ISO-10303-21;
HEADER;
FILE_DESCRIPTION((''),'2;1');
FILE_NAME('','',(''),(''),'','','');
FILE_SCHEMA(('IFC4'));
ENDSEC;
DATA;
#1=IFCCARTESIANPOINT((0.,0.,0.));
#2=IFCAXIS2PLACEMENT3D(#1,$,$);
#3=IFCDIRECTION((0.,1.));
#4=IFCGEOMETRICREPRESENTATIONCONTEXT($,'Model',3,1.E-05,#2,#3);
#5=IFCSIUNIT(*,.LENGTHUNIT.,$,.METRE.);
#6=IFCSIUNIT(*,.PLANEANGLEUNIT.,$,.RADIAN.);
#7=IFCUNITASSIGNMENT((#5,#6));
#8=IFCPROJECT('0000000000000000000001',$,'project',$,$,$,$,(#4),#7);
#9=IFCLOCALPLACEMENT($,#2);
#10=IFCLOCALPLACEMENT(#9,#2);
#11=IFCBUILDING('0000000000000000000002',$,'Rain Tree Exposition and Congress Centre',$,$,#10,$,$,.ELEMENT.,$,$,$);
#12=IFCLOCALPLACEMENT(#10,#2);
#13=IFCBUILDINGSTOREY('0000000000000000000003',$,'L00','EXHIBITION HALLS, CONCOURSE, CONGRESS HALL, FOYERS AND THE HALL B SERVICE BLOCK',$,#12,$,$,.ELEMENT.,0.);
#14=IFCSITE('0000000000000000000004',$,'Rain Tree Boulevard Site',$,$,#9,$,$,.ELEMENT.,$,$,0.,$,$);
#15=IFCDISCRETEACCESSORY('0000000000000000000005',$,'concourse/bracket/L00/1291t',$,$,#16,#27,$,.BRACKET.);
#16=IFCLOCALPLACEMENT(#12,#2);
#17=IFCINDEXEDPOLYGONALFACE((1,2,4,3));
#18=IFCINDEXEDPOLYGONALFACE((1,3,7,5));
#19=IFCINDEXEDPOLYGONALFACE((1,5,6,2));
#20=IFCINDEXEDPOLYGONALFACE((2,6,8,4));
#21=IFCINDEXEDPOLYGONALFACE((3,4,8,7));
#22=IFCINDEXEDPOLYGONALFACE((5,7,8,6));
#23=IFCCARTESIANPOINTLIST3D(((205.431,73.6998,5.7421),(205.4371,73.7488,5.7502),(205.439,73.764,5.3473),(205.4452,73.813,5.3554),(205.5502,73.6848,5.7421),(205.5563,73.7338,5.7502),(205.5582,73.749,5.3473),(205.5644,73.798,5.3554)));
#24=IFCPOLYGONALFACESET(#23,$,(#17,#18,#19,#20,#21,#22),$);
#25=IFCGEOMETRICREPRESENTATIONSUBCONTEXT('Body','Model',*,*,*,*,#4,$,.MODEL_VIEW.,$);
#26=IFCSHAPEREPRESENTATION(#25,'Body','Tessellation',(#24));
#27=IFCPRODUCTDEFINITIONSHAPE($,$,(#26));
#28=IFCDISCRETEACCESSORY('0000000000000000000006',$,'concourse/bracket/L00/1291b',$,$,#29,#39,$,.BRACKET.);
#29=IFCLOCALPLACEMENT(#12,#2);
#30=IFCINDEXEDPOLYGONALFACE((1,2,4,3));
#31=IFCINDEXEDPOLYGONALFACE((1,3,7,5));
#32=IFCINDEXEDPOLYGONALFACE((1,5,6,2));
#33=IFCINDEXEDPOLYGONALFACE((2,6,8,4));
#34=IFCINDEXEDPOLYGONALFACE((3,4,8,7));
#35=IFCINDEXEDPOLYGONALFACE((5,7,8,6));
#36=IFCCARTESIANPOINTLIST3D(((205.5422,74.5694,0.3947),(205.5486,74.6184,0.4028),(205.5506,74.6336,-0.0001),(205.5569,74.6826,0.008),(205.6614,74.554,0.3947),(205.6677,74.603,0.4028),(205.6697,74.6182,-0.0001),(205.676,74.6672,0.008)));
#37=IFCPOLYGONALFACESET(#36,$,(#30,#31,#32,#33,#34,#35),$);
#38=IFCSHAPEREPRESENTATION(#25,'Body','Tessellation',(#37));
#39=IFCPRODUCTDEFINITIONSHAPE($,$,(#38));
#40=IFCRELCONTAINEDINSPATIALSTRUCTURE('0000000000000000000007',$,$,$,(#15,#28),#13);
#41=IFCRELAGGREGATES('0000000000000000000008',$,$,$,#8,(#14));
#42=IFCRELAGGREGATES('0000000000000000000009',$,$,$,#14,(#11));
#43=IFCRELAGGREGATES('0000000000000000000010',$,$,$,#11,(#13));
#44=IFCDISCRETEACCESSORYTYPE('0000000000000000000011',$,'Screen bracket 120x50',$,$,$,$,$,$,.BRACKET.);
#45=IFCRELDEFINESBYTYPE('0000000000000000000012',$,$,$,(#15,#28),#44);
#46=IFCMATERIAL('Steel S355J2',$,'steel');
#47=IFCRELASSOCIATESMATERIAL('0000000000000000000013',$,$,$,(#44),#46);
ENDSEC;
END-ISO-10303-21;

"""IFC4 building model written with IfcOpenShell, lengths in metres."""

from ifc_helpers import new_model, si_unit, direction, frame, origin, origin_2d, place, context, subcontext, project, spatial, rectangle, extrude, material, material_profile, profile_set, type_object, element, save


model = new_model("IFC4")

# Units and contexts
model_context = context("Model", 3, precision=1e-05, world=origin(), true_north=direction((0.0, 1.0)))
body_context = subcontext(model_context, "Body", "Model", "MODEL_VIEW")
ifc_project = project(units=[si_unit("LENGTHUNIT", "METRE"), si_unit("PLANEANGLEUNIT", "RADIAN")], contexts=[model_context])

# Site, building, storey
site_placement = place(None, origin())
site = spatial("IfcSite", under=ifc_project, at=site_placement, Name="Rain Tree Boulevard Site", CompositionType="ELEMENT", RefElevation=0.0)
building_placement = place(site_placement, origin())
building = spatial("IfcBuilding", under=site, at=building_placement, Name="Rain Tree Exposition and Congress Centre", CompositionType="ELEMENT")
storey_placement = place(building_placement, origin())
storey = spatial("IfcBuildingStorey", under=building, at=storey_placement, Name="L00", Description="EXHIBITION HALLS, CONCOURSE, CONGRESS HALL, FOYERS AND THE HALL B SERVICE BLOCK", CompositionType="ELEMENT", Elevation=0.0)

# Discrete accessories
ifc_material_1 = material(Name="Steel S355J2", Category="steel")
ifc_material_profile_1 = material_profile(ifc_material_1, rectangle(XDim=0.1201, YDim=0.05, at=origin_2d()), Name="Flat bar 120x50")
ifc_profile_set_1 = profile_set([ifc_material_profile_1], Name="Steel S355J2")
discrete_accessory_type = type_object("IfcDiscreteAccessoryType", Name="Screen bracket 120x50", PredefinedType="BRACKET", material=ifc_profile_set_1)
for number, where, z_axis, x_axis, name in (
    (1, (205.5017, 73.781, 5.3513), (-0.020139, -0.160505, 0.98683), (0.99222, -0.124499, 0.0), "concourse/bracket/L00/1291t"),
    (2, (205.6133, 74.6504, 0.0039), (-0.020749, -0.160503, 0.986817), (0.991747, -0.128211, 0.0), "concourse/bracket/L00/1291b"),
):
    element("IfcDiscreteAccessory", number, at=place(storey_placement, frame(where, z_axis=z_axis, x_axis=x_axis)), inside=storey, type_object=discrete_accessory_type, Name=name, PredefinedType="BRACKET", context=body_context, shape_type="SweptSolid", body=[
        extrude(rectangle(XDim=0.1201, YDim=0.05, at=origin_2d()), origin(), (0.0, 0.0, 1.0), 0.4001),
    ])

save(model, "model.ifc")
